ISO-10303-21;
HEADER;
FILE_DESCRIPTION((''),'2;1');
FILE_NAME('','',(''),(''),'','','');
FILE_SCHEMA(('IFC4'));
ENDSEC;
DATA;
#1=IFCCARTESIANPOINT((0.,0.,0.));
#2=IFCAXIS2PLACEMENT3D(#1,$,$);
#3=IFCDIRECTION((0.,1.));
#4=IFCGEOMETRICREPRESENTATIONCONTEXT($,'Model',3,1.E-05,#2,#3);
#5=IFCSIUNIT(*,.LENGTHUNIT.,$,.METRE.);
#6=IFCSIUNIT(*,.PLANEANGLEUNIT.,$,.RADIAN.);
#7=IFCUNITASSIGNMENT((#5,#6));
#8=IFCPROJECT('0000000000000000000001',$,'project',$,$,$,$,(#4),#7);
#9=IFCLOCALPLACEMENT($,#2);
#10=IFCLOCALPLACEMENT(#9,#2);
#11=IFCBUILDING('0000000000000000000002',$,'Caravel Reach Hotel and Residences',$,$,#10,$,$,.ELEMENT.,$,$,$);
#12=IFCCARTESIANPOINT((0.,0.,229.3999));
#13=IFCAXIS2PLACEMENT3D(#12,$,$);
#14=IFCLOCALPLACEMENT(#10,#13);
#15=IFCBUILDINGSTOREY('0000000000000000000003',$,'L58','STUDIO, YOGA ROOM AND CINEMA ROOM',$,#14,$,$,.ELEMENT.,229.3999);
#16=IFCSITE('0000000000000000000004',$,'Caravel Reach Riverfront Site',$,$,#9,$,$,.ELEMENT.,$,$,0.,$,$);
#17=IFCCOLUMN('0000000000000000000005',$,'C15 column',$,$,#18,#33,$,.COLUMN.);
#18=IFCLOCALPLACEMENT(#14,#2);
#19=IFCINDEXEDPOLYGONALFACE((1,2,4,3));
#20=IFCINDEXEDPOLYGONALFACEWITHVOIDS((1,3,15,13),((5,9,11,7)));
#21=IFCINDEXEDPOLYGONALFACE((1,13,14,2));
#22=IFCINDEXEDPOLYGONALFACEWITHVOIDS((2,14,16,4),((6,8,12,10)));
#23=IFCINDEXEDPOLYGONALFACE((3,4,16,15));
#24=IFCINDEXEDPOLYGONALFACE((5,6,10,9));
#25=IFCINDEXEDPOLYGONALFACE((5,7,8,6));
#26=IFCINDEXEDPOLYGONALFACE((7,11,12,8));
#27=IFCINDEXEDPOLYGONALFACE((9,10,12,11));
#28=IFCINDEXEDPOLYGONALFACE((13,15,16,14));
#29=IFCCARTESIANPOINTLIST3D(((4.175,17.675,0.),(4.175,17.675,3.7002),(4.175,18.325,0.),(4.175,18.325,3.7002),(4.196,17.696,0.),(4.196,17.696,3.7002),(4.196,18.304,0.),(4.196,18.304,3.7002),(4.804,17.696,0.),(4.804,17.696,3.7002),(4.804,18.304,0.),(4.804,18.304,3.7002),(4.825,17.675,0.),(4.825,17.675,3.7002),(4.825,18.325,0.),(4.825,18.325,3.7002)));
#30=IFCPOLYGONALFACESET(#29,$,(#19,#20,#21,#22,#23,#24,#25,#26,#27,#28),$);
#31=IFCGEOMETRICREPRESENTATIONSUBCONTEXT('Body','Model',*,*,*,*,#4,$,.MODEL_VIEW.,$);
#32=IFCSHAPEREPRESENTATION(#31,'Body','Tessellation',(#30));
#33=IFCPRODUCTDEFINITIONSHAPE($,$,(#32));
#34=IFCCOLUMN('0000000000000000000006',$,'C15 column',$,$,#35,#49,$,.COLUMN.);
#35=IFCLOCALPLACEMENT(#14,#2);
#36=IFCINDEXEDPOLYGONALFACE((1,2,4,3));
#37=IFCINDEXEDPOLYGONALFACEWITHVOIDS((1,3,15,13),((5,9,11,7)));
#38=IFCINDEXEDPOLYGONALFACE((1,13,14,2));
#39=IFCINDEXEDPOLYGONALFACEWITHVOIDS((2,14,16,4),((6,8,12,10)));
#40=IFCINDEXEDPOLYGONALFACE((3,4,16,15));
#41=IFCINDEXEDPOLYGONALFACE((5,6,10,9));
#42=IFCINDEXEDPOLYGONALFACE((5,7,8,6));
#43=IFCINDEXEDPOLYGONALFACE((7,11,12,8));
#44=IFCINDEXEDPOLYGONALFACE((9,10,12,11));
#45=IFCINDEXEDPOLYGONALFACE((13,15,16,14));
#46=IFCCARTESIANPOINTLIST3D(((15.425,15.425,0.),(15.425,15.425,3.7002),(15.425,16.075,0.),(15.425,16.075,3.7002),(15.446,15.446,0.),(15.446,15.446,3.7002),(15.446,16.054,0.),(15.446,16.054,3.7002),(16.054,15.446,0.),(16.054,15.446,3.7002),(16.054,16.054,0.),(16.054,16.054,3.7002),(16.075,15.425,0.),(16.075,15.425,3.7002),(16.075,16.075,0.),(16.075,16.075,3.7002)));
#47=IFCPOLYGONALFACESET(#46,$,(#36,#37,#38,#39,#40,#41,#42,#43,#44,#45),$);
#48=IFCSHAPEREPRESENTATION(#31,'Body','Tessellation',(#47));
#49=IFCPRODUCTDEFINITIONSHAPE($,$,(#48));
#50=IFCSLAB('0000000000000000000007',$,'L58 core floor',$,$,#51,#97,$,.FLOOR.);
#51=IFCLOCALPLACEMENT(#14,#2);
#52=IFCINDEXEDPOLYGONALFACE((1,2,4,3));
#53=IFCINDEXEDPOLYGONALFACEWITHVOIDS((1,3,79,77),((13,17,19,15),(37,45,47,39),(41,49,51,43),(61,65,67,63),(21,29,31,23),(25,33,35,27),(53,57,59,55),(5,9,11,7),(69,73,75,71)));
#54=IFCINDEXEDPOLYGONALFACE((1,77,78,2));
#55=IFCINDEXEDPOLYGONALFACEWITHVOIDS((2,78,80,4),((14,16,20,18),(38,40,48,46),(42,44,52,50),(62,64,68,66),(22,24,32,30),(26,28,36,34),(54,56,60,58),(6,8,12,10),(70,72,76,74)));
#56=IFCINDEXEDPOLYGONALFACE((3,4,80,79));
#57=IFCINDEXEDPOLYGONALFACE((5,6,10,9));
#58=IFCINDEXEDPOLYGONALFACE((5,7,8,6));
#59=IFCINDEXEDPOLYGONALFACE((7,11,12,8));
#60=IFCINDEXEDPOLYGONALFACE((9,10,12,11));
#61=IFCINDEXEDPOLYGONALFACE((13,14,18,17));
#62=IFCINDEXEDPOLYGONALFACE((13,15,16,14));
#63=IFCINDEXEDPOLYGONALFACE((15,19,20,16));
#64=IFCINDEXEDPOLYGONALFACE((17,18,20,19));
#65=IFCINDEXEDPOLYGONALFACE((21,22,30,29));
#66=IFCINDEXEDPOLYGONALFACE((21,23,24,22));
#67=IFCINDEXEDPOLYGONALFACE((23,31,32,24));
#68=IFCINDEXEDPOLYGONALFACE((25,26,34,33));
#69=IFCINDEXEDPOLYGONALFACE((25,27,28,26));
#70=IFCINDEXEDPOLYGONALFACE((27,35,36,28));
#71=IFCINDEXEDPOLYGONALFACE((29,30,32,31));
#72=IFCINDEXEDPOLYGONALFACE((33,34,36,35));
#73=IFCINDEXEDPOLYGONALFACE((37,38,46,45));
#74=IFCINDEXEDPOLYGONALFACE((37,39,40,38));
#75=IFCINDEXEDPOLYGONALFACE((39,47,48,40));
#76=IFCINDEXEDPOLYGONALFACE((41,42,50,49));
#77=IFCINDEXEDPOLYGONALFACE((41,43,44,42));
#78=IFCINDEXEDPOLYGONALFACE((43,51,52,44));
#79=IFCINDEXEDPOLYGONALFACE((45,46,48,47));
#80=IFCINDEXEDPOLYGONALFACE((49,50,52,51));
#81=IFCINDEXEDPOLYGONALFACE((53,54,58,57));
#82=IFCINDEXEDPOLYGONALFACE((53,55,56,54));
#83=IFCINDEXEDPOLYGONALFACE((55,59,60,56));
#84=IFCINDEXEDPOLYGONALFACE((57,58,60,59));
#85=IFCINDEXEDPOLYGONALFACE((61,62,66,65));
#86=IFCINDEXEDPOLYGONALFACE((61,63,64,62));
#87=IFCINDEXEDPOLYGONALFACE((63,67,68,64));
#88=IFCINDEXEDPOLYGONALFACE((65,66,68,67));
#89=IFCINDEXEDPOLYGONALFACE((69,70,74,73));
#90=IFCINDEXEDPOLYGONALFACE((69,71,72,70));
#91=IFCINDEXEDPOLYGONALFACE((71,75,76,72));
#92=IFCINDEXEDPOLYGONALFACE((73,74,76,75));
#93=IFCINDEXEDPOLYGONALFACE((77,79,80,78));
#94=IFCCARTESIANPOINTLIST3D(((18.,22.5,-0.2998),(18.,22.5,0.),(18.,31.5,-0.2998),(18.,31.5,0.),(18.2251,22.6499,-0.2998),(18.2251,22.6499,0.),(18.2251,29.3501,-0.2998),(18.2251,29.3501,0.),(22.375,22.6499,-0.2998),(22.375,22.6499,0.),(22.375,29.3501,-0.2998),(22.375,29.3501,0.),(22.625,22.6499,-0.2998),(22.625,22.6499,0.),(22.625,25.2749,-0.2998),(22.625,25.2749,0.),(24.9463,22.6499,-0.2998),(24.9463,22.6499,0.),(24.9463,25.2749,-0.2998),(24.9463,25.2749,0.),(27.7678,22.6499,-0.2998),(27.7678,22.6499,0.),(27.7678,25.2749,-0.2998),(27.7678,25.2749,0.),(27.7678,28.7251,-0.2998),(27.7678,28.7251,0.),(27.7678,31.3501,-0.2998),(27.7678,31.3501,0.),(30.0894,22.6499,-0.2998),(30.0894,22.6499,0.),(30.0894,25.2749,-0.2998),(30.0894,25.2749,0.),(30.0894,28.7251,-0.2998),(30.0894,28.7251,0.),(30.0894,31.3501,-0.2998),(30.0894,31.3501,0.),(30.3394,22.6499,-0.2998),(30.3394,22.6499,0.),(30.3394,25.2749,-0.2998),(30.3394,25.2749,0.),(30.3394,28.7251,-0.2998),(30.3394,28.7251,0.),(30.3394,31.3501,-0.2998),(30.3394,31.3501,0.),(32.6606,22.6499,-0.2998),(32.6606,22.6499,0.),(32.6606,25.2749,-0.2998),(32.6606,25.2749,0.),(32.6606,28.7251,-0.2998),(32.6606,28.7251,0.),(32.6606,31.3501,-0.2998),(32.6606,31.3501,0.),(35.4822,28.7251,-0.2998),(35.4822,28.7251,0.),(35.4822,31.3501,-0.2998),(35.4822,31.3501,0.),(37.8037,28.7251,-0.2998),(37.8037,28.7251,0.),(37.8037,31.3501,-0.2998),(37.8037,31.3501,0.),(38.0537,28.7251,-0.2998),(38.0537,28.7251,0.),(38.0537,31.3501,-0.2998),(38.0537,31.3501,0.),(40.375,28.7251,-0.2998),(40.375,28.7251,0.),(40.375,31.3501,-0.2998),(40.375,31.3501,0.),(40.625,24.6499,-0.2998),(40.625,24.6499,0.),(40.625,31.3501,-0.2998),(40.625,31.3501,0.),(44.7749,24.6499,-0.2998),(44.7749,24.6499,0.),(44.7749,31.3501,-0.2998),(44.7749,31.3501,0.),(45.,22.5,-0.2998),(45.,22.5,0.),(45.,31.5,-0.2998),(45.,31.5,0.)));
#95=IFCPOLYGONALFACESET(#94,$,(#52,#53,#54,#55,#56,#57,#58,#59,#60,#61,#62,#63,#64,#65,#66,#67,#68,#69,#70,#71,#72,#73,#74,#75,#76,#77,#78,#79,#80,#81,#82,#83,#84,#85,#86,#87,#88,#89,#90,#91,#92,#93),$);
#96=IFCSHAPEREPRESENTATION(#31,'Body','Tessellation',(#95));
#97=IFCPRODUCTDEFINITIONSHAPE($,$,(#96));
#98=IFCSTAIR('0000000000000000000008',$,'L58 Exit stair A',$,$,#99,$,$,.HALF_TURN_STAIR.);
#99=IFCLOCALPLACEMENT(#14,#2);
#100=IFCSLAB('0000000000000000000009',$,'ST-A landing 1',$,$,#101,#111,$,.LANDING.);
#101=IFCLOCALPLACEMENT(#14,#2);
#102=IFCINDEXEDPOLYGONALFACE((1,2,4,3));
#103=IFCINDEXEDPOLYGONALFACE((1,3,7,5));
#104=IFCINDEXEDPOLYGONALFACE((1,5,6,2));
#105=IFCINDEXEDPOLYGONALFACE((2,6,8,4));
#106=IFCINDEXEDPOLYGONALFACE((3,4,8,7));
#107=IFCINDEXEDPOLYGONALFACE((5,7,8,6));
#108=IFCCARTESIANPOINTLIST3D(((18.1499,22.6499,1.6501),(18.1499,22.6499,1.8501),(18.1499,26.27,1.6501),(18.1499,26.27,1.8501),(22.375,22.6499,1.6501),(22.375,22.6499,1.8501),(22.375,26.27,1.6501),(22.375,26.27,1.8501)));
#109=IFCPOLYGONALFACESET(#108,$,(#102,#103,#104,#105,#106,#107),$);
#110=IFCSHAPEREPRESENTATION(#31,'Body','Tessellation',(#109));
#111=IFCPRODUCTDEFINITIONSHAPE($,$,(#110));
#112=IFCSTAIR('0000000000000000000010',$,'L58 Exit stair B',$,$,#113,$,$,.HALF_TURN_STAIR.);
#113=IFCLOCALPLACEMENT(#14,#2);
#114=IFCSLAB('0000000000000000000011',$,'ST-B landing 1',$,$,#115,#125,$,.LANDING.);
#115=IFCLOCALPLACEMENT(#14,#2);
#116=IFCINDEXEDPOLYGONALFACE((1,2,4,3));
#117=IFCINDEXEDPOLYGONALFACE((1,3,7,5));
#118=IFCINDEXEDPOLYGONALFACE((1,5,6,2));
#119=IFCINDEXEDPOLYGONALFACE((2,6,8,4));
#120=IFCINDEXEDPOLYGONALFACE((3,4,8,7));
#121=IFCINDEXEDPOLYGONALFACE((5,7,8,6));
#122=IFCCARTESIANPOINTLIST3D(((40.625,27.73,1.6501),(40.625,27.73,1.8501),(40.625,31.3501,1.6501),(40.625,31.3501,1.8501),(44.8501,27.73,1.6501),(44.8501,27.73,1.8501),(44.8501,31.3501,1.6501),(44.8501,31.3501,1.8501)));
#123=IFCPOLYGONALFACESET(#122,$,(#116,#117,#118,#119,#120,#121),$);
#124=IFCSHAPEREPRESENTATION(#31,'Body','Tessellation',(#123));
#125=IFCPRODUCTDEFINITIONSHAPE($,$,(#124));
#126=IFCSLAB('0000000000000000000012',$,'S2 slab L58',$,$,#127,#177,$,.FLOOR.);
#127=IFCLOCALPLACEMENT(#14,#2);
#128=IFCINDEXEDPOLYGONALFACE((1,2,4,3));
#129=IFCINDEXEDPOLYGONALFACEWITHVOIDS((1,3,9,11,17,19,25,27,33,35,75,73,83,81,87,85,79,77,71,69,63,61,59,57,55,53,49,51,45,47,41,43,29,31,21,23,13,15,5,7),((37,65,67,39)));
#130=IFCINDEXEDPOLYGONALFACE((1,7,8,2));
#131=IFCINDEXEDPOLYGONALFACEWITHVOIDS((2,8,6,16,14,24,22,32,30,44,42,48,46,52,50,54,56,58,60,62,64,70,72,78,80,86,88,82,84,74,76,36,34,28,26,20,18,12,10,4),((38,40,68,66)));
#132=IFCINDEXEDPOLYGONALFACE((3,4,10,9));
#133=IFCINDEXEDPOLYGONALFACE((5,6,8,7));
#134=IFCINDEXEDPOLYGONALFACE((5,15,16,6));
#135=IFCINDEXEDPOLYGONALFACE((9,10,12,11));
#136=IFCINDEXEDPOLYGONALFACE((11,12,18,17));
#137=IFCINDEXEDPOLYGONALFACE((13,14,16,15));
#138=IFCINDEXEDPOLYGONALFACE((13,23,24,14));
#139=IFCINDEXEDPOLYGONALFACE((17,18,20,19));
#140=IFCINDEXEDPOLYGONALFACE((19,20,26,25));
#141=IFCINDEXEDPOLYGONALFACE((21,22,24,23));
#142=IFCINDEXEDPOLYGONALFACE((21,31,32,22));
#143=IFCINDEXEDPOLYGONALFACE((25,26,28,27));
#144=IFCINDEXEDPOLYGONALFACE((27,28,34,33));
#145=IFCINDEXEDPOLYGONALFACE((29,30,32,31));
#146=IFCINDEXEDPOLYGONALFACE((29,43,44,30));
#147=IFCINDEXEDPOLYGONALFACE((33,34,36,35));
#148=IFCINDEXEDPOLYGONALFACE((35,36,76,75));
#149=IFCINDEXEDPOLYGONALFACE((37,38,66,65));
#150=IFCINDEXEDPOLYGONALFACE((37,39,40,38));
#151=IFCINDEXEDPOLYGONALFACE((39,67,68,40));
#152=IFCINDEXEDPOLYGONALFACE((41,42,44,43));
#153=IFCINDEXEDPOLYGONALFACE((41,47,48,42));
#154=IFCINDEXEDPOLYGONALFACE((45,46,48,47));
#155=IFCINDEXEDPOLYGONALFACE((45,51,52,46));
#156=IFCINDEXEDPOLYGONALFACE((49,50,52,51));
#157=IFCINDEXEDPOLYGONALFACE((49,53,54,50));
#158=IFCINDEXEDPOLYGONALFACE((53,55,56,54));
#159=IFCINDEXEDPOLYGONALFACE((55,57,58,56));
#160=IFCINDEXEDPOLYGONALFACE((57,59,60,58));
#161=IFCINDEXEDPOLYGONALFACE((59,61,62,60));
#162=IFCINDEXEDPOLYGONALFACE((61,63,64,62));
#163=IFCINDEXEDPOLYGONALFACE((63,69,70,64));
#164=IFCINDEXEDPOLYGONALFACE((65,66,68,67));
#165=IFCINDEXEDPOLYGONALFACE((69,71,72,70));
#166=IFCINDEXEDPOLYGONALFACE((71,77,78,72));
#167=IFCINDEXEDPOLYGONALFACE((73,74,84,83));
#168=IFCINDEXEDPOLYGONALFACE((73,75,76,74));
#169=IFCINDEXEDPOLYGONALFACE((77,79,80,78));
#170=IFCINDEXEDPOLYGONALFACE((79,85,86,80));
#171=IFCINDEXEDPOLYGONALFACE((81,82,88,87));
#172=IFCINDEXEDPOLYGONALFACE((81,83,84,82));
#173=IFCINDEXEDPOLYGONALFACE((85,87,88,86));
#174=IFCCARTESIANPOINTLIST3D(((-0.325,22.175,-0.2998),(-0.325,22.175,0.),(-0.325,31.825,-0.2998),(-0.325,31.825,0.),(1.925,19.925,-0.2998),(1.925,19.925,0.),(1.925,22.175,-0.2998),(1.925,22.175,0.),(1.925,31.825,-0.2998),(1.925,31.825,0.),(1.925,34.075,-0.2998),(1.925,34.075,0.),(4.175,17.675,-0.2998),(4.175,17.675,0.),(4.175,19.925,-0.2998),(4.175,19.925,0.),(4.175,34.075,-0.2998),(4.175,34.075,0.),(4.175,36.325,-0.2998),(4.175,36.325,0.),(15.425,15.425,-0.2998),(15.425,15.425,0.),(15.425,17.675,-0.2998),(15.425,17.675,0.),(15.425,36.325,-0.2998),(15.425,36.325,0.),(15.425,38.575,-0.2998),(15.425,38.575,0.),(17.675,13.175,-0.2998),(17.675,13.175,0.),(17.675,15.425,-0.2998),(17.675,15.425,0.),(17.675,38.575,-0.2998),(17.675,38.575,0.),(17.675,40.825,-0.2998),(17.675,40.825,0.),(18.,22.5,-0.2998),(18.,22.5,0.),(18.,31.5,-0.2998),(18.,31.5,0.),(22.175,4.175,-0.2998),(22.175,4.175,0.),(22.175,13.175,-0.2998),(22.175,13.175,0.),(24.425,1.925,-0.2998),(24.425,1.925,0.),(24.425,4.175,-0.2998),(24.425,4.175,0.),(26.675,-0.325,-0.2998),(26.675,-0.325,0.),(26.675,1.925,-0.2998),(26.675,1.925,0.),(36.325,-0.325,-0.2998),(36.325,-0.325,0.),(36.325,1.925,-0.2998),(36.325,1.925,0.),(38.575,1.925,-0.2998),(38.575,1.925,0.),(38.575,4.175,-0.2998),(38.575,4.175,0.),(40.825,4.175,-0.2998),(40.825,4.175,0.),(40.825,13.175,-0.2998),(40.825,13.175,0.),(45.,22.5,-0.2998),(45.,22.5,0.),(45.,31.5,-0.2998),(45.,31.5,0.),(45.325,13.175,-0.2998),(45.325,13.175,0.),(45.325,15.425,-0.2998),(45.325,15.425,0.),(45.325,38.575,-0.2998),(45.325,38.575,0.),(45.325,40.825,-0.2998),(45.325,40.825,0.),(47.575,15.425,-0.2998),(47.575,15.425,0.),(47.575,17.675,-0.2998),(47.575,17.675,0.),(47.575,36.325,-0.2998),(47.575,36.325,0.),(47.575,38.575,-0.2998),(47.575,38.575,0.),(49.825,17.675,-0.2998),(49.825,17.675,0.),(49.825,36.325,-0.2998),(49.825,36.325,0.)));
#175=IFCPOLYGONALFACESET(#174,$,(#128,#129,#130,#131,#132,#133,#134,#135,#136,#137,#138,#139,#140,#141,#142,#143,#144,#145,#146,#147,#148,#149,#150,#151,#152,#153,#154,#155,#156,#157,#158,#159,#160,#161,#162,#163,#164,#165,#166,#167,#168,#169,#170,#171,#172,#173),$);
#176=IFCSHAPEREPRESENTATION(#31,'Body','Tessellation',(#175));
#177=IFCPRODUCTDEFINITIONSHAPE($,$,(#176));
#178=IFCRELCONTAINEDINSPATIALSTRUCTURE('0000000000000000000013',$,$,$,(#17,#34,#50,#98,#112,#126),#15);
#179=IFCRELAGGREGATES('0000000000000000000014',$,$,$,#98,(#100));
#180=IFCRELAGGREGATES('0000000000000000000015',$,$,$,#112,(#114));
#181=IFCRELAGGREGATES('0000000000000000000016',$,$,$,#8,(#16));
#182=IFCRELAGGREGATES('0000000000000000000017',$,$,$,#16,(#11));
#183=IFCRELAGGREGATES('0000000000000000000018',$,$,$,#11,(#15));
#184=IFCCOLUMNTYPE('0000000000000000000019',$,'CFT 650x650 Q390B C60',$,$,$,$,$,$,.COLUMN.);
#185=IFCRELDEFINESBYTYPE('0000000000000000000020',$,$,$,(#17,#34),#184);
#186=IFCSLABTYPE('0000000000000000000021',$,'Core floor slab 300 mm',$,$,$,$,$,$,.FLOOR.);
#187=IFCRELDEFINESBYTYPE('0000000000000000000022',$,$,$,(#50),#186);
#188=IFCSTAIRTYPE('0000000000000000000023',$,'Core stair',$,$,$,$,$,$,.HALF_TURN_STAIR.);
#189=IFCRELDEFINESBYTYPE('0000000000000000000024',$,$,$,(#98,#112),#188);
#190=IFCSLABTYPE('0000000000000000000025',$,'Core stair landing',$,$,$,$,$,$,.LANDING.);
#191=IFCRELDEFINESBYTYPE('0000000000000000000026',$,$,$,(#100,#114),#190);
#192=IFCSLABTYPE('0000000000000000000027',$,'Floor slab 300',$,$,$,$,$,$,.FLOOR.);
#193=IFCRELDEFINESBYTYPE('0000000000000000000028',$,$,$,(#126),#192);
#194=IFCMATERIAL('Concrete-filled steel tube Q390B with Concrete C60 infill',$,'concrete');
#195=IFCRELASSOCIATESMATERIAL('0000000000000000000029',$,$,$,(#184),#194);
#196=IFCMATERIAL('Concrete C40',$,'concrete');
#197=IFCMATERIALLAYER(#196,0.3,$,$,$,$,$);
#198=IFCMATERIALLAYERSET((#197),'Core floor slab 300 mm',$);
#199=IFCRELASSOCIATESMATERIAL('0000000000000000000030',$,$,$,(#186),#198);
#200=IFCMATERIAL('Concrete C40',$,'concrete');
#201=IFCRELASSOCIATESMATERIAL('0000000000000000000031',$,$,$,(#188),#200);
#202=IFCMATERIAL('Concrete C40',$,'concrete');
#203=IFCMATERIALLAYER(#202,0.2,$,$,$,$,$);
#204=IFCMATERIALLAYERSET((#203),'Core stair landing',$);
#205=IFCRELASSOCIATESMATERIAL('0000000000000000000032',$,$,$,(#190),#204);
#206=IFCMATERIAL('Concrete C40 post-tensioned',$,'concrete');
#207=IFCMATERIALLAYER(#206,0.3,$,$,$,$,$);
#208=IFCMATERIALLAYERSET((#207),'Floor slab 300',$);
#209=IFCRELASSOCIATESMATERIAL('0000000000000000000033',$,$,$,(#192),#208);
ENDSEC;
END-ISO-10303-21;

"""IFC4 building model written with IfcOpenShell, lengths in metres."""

from ifc_helpers import new_model, si_unit, direction, frame, origin, origin_2d, place, context, subcontext, project, spatial, polyline, hollow_rectangle, outline, extrude, material, layer, layer_set, material_profile, profile_set, type_object, element, aggregate, save


model = new_model("IFC4")

# Units and contexts
model_context = context("Model", 3, precision=1e-05, world=origin(), true_north=direction((0.0, 1.0)))
body_context = subcontext(model_context, "Body", "Model", "MODEL_VIEW")
ifc_project = project(units=[si_unit("LENGTHUNIT", "METRE"), si_unit("PLANEANGLEUNIT", "RADIAN")], contexts=[model_context])

# Site, building, storey
site_placement = place(None, origin())
site = spatial("IfcSite", under=ifc_project, at=site_placement, Name="Caravel Reach Riverfront Site", CompositionType="ELEMENT", RefElevation=0.0)
building_placement = place(site_placement, origin())
building = spatial("IfcBuilding", under=site, at=building_placement, Name="Caravel Reach Hotel and Residences", CompositionType="ELEMENT")
storey_placement = place(building_placement, frame((0.0, 0.0, 229.3999)))
storey = spatial("IfcBuildingStorey", under=building, at=storey_placement, Name="L58", Description="STUDIO, YOGA ROOM AND CINEMA ROOM", CompositionType="ELEMENT", Elevation=229.3999)

# Columns
ifc_material_1 = material(Name="Concrete-filled steel tube Q390B with Concrete C60 infill", Category="concrete")
ifc_material_profile = material_profile(ifc_material_1, hollow_rectangle(XDim=0.6499, YDim=0.6499, WallThickness=0.021, at=origin_2d()), Name="RHS 650x650x21")
ifc_profile_set = profile_set([ifc_material_profile], Name="Concrete-filled steel tube Q390B with Concrete C60 infill")
column_type = type_object("IfcColumnType", Name="CFT 650x650 Q390B C60", PredefinedType="COLUMN", material=ifc_profile_set)
for number, where, z_axis, x_axis, name in (
    (1, (4.5, 18.0, 0.0), (0.0, 0.0, 1.0), (1.0, 0.0, 0.0), "C15 column"),
    (2, (15.75, 15.75, 0.0), (0.0, 0.0, 1.0), (1.0, 0.0, 0.0), "C15 column"),
):
    element("IfcColumn", number, at=place(storey_placement, frame(where, z_axis=z_axis, x_axis=x_axis)), inside=storey, type_object=column_type, Name=name, PredefinedType="COLUMN", context=body_context, shape_type="SweptSolid", body=[
        extrude(hollow_rectangle(XDim=0.6499, YDim=0.6499, WallThickness=0.021, at=origin_2d()), origin(), (0.0, 0.0, 1.0), 3.7002),
    ])

# Slab
ifc_material_2 = material(Name="Concrete C40", Category="concrete")
ifc_layer_1 = layer(ifc_material_2, 0.3)
ifc_layer_set_1 = layer_set([ifc_layer_1], Name="Core floor slab 300 mm")
slab_type_1 = type_object("IfcSlabType", Name="Core floor slab 300 mm", PredefinedType="FLOOR", material=ifc_layer_set_1)
slab_1_placement = place(storey_placement, frame((0.0, 0.0, -0.2998)))
element("IfcSlab", 3, at=slab_1_placement, inside=storey, type_object=slab_type_1, Name="L58 core floor", PredefinedType="FLOOR", context=body_context, shape_type="SweptSolid", body=[
    extrude(outline(polyline([(18.0, 31.5), (45.0, 31.5), (45.0, 22.5), (18.0, 22.5), (18.0, 31.5)]), holes=[polyline([(22.625, 25.2749), (22.625, 22.6499), (24.9463, 22.6499), (24.9463, 25.2749), (22.625, 25.2749)]), polyline([(27.7678, 25.2749), (27.7678, 22.6499), (30.0894, 22.6499), (30.0894, 25.2749), (27.7678, 25.2749)]), polyline([(30.3394, 25.2749), (30.3394, 22.6499), (32.6606, 22.6499), (32.6606, 25.2749), (30.3394, 25.2749)]), polyline([(22.375, 22.6499), (22.375, 29.3501), (18.2251, 29.3501), (18.2251, 22.6499), (22.375, 22.6499)]), polyline([(40.625, 31.3501), (40.625, 24.6499), (44.7749, 24.6499), (44.7749, 31.3501), (40.625, 31.3501)]), polyline([(27.7678, 31.3501), (27.7678, 28.7251), (30.0894, 28.7251), (30.0894, 31.3501), (27.7678, 31.3501)]), polyline([(30.3394, 31.3501), (30.3394, 28.7251), (32.6606, 28.7251), (32.6606, 31.3501), (30.3394, 31.3501)]), polyline([(37.8037, 31.3501), (35.4822, 31.3501), (35.4822, 28.7251), (37.8037, 28.7251), (37.8037, 31.3501)]), polyline([(40.375, 31.3501), (38.0537, 31.3501), (38.0537, 28.7251), (40.375, 28.7251), (40.375, 31.3501)])]), origin(), (0.0, 0.0, 1.0), 0.2998),
])

# Stairs, slabs
ifc_material_3 = material(Name="Concrete C40", Category="concrete")
stair_type = type_object("IfcStairType", Name="Core stair", PredefinedType="HALF_TURN_STAIR", material=ifc_material_3)
stair_1_placement = place(storey_placement, origin())
stair_1 = element("IfcStair", 4, at=stair_1_placement, inside=storey, type_object=stair_type, Name="L58 Exit stair A", PredefinedType="HALF_TURN_STAIR")
ifc_material_4 = material(Name="Concrete C40", Category="concrete")
ifc_layer_2 = layer(ifc_material_4, 0.2)
ifc_layer_set_2 = layer_set([ifc_layer_2], Name="Core stair landing")
slab_type_2 = type_object("IfcSlabType", Name="Core stair landing", PredefinedType="LANDING", material=ifc_layer_set_2)
slab_2_placement = place(storey_placement, frame((0.0, 0.0, 1.6501)))
slab_2 = element("IfcSlab", 5, at=slab_2_placement, type_object=slab_type_2, Name="ST-A landing 1", PredefinedType="LANDING", context=body_context, shape_type="SweptSolid", body=[
    extrude(outline(polyline([(18.1499, 26.27), (18.1499, 22.6499), (22.375, 22.6499), (22.375, 26.27), (18.1499, 26.27)])), origin(), (0.0, 0.0, 1.0), 0.2),
])
aggregate(stair_1, [slab_2])
stair_2_placement = place(storey_placement, origin())
stair_2 = element("IfcStair", 6, at=stair_2_placement, inside=storey, type_object=stair_type, Name="L58 Exit stair B", PredefinedType="HALF_TURN_STAIR")
slab_3_placement = place(storey_placement, frame((0.0, 0.0, 1.6501)))
slab_3 = element("IfcSlab", 7, at=slab_3_placement, type_object=slab_type_2, Name="ST-B landing 1", PredefinedType="LANDING", context=body_context, shape_type="SweptSolid", body=[
    extrude(outline(polyline([(44.8501, 27.73), (44.8501, 31.3501), (40.625, 31.3501), (40.625, 27.73), (44.8501, 27.73)])), origin(), (0.0, 0.0, 1.0), 0.2),
])
aggregate(stair_2, [slab_3])

# Slab
ifc_material_5 = material(Name="Concrete C40 post-tensioned", Category="concrete")
ifc_layer_3 = layer(ifc_material_5, 0.3)
ifc_layer_set_3 = layer_set([ifc_layer_3], Name="Floor slab 300")
slab_type_3 = type_object("IfcSlabType", Name="Floor slab 300", PredefinedType="FLOOR", material=ifc_layer_set_3)
slab_4_placement = place(storey_placement, frame((0.0, 0.0, -0.2998)))
element("IfcSlab", 8, at=slab_4_placement, inside=storey, type_object=slab_type_3, Name="S2 slab L58", PredefinedType="FLOOR", context=body_context, shape_type="SweptSolid", body=[
    extrude(outline(polyline([(38.575, 4.175), (38.575, 1.925), (36.325, 1.925), (36.325, -0.325), (26.675, -0.325), (26.675, 1.925), (24.425, 1.925), (24.425, 4.175), (22.175, 4.175), (22.175, 13.175), (17.675, 13.175), (17.675, 15.425), (15.425, 15.425), (15.425, 17.675), (4.175, 17.675), (4.175, 19.925), (1.925, 19.925), (1.925, 22.175), (-0.325, 22.175), (-0.325, 31.825), (1.925, 31.825), (1.925, 34.075), (4.175, 34.075), (4.175, 36.325), (15.425, 36.325), (15.425, 38.575), (17.675, 38.575), (17.675, 40.825), (45.325, 40.825), (45.325, 38.575), (47.575, 38.575), (47.575, 36.325), (49.825, 36.325), (49.825, 17.675), (47.575, 17.675), (47.575, 15.425), (45.325, 15.425), (45.325, 13.175), (40.825, 13.175), (40.825, 4.175), (38.575, 4.175)]), holes=[polyline([(45.0, 31.5), (18.0, 31.5), (18.0, 22.5), (45.0, 22.5), (45.0, 31.5)])]), origin(), (0.0, 0.0, 1.0), 0.2998),
])

save(model, "model.ifc")
